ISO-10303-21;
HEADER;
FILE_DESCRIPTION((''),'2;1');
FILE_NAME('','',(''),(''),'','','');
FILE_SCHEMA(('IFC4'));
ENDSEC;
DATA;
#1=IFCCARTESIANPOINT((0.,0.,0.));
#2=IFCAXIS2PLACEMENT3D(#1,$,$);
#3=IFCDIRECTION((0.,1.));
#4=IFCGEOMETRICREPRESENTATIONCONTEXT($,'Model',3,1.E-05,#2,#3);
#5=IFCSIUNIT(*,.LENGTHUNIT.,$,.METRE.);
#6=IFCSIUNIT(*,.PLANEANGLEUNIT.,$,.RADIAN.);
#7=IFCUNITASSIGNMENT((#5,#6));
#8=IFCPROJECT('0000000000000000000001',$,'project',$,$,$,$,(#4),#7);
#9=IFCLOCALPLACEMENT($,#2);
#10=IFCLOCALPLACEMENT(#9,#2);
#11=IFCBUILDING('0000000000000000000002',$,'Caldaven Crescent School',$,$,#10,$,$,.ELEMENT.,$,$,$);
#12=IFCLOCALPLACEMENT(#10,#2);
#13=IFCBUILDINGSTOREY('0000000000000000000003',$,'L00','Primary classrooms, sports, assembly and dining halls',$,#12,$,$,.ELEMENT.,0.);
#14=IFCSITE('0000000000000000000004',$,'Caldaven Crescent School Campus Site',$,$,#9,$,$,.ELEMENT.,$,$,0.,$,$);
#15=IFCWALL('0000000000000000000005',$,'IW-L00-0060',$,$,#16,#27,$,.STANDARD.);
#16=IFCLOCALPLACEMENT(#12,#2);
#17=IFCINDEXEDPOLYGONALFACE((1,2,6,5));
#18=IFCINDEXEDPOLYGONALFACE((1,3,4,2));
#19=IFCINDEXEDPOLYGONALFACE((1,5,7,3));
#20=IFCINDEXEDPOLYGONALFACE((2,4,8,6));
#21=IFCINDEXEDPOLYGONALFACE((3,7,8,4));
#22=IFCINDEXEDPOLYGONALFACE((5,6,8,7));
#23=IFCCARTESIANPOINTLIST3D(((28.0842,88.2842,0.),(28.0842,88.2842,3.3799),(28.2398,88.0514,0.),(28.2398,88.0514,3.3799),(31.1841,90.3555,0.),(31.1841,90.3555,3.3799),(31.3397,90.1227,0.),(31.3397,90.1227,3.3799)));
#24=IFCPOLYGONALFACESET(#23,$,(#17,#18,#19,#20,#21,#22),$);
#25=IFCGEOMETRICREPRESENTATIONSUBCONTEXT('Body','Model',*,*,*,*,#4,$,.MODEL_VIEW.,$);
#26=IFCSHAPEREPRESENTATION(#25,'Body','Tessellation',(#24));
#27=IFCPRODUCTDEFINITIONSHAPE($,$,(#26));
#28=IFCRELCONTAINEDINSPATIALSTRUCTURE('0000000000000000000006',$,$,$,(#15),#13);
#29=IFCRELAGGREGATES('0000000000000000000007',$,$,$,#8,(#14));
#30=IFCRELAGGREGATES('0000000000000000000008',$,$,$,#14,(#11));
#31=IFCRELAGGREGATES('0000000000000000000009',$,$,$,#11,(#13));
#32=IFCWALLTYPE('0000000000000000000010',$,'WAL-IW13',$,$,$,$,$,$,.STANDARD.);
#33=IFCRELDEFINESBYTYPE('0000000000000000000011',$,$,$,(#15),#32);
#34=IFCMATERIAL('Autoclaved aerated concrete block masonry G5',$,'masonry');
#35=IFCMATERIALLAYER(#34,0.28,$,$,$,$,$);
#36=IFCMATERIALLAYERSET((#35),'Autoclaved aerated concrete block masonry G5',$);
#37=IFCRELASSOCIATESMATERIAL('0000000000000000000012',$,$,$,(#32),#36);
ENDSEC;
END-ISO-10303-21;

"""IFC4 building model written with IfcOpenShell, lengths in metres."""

from ifc_helpers import new_model, si_unit, direction, frame, frame_2d, origin, place, context, subcontext, project, spatial, rectangle, extrude, material, layer, layer_set, type_object, element, save


model = new_model("IFC4")

# Units and contexts
model_context = context("Model", 3, precision=1e-05, world=origin(), true_north=direction((0.0, 1.0)))
body_context = subcontext(model_context, "Body", "Model", "MODEL_VIEW")
ifc_project = project(units=[si_unit("LENGTHUNIT", "METRE"), si_unit("PLANEANGLEUNIT", "RADIAN")], contexts=[model_context])

# Site, building, storey
site_placement = place(None, origin())
site = spatial("IfcSite", under=ifc_project, at=site_placement, Name="Caldaven Crescent School Campus Site", CompositionType="ELEMENT", RefElevation=0.0)
building_placement = place(site_placement, origin())
building = spatial("IfcBuilding", under=site, at=building_placement, Name="Caldaven Crescent School", CompositionType="ELEMENT")
storey_placement = place(building_placement, origin())
storey = spatial("IfcBuildingStorey", under=building, at=storey_placement, Name="L00", Description="Primary classrooms, sports, assembly and dining halls", CompositionType="ELEMENT", Elevation=0.0)

# Wall
ifc_material_1 = material(Name="Autoclaved aerated concrete block masonry G5", Category="masonry")
ifc_layer_1 = layer(ifc_material_1, 0.28)
ifc_layer_set_1 = layer_set([ifc_layer_1], Name="Autoclaved aerated concrete block masonry G5")
wall_type_1 = type_object("IfcWallType", Name="WAL-IW13", PredefinedType="STANDARD", material=ifc_layer_set_1)
wall_1_placement = place(storey_placement, frame((28.1619, 88.1677, 0.0), z_axis=(0.0, 0.0, 1.0), x_axis=(0.831466, 0.555576, 0.0)))
element("IfcWall", 1, at=wall_1_placement, inside=storey, type_object=wall_type_1, Name="IW-L00-0060", PredefinedType="STANDARD", context=body_context, shape_type="SweptSolid", body=[
    extrude(rectangle(XDim=3.7283, YDim=0.28, at=frame_2d((1.8643, 0.0))), origin(), (0.0, 0.0, 1.0), 3.3799),
])

save(model, "model.ifc")
